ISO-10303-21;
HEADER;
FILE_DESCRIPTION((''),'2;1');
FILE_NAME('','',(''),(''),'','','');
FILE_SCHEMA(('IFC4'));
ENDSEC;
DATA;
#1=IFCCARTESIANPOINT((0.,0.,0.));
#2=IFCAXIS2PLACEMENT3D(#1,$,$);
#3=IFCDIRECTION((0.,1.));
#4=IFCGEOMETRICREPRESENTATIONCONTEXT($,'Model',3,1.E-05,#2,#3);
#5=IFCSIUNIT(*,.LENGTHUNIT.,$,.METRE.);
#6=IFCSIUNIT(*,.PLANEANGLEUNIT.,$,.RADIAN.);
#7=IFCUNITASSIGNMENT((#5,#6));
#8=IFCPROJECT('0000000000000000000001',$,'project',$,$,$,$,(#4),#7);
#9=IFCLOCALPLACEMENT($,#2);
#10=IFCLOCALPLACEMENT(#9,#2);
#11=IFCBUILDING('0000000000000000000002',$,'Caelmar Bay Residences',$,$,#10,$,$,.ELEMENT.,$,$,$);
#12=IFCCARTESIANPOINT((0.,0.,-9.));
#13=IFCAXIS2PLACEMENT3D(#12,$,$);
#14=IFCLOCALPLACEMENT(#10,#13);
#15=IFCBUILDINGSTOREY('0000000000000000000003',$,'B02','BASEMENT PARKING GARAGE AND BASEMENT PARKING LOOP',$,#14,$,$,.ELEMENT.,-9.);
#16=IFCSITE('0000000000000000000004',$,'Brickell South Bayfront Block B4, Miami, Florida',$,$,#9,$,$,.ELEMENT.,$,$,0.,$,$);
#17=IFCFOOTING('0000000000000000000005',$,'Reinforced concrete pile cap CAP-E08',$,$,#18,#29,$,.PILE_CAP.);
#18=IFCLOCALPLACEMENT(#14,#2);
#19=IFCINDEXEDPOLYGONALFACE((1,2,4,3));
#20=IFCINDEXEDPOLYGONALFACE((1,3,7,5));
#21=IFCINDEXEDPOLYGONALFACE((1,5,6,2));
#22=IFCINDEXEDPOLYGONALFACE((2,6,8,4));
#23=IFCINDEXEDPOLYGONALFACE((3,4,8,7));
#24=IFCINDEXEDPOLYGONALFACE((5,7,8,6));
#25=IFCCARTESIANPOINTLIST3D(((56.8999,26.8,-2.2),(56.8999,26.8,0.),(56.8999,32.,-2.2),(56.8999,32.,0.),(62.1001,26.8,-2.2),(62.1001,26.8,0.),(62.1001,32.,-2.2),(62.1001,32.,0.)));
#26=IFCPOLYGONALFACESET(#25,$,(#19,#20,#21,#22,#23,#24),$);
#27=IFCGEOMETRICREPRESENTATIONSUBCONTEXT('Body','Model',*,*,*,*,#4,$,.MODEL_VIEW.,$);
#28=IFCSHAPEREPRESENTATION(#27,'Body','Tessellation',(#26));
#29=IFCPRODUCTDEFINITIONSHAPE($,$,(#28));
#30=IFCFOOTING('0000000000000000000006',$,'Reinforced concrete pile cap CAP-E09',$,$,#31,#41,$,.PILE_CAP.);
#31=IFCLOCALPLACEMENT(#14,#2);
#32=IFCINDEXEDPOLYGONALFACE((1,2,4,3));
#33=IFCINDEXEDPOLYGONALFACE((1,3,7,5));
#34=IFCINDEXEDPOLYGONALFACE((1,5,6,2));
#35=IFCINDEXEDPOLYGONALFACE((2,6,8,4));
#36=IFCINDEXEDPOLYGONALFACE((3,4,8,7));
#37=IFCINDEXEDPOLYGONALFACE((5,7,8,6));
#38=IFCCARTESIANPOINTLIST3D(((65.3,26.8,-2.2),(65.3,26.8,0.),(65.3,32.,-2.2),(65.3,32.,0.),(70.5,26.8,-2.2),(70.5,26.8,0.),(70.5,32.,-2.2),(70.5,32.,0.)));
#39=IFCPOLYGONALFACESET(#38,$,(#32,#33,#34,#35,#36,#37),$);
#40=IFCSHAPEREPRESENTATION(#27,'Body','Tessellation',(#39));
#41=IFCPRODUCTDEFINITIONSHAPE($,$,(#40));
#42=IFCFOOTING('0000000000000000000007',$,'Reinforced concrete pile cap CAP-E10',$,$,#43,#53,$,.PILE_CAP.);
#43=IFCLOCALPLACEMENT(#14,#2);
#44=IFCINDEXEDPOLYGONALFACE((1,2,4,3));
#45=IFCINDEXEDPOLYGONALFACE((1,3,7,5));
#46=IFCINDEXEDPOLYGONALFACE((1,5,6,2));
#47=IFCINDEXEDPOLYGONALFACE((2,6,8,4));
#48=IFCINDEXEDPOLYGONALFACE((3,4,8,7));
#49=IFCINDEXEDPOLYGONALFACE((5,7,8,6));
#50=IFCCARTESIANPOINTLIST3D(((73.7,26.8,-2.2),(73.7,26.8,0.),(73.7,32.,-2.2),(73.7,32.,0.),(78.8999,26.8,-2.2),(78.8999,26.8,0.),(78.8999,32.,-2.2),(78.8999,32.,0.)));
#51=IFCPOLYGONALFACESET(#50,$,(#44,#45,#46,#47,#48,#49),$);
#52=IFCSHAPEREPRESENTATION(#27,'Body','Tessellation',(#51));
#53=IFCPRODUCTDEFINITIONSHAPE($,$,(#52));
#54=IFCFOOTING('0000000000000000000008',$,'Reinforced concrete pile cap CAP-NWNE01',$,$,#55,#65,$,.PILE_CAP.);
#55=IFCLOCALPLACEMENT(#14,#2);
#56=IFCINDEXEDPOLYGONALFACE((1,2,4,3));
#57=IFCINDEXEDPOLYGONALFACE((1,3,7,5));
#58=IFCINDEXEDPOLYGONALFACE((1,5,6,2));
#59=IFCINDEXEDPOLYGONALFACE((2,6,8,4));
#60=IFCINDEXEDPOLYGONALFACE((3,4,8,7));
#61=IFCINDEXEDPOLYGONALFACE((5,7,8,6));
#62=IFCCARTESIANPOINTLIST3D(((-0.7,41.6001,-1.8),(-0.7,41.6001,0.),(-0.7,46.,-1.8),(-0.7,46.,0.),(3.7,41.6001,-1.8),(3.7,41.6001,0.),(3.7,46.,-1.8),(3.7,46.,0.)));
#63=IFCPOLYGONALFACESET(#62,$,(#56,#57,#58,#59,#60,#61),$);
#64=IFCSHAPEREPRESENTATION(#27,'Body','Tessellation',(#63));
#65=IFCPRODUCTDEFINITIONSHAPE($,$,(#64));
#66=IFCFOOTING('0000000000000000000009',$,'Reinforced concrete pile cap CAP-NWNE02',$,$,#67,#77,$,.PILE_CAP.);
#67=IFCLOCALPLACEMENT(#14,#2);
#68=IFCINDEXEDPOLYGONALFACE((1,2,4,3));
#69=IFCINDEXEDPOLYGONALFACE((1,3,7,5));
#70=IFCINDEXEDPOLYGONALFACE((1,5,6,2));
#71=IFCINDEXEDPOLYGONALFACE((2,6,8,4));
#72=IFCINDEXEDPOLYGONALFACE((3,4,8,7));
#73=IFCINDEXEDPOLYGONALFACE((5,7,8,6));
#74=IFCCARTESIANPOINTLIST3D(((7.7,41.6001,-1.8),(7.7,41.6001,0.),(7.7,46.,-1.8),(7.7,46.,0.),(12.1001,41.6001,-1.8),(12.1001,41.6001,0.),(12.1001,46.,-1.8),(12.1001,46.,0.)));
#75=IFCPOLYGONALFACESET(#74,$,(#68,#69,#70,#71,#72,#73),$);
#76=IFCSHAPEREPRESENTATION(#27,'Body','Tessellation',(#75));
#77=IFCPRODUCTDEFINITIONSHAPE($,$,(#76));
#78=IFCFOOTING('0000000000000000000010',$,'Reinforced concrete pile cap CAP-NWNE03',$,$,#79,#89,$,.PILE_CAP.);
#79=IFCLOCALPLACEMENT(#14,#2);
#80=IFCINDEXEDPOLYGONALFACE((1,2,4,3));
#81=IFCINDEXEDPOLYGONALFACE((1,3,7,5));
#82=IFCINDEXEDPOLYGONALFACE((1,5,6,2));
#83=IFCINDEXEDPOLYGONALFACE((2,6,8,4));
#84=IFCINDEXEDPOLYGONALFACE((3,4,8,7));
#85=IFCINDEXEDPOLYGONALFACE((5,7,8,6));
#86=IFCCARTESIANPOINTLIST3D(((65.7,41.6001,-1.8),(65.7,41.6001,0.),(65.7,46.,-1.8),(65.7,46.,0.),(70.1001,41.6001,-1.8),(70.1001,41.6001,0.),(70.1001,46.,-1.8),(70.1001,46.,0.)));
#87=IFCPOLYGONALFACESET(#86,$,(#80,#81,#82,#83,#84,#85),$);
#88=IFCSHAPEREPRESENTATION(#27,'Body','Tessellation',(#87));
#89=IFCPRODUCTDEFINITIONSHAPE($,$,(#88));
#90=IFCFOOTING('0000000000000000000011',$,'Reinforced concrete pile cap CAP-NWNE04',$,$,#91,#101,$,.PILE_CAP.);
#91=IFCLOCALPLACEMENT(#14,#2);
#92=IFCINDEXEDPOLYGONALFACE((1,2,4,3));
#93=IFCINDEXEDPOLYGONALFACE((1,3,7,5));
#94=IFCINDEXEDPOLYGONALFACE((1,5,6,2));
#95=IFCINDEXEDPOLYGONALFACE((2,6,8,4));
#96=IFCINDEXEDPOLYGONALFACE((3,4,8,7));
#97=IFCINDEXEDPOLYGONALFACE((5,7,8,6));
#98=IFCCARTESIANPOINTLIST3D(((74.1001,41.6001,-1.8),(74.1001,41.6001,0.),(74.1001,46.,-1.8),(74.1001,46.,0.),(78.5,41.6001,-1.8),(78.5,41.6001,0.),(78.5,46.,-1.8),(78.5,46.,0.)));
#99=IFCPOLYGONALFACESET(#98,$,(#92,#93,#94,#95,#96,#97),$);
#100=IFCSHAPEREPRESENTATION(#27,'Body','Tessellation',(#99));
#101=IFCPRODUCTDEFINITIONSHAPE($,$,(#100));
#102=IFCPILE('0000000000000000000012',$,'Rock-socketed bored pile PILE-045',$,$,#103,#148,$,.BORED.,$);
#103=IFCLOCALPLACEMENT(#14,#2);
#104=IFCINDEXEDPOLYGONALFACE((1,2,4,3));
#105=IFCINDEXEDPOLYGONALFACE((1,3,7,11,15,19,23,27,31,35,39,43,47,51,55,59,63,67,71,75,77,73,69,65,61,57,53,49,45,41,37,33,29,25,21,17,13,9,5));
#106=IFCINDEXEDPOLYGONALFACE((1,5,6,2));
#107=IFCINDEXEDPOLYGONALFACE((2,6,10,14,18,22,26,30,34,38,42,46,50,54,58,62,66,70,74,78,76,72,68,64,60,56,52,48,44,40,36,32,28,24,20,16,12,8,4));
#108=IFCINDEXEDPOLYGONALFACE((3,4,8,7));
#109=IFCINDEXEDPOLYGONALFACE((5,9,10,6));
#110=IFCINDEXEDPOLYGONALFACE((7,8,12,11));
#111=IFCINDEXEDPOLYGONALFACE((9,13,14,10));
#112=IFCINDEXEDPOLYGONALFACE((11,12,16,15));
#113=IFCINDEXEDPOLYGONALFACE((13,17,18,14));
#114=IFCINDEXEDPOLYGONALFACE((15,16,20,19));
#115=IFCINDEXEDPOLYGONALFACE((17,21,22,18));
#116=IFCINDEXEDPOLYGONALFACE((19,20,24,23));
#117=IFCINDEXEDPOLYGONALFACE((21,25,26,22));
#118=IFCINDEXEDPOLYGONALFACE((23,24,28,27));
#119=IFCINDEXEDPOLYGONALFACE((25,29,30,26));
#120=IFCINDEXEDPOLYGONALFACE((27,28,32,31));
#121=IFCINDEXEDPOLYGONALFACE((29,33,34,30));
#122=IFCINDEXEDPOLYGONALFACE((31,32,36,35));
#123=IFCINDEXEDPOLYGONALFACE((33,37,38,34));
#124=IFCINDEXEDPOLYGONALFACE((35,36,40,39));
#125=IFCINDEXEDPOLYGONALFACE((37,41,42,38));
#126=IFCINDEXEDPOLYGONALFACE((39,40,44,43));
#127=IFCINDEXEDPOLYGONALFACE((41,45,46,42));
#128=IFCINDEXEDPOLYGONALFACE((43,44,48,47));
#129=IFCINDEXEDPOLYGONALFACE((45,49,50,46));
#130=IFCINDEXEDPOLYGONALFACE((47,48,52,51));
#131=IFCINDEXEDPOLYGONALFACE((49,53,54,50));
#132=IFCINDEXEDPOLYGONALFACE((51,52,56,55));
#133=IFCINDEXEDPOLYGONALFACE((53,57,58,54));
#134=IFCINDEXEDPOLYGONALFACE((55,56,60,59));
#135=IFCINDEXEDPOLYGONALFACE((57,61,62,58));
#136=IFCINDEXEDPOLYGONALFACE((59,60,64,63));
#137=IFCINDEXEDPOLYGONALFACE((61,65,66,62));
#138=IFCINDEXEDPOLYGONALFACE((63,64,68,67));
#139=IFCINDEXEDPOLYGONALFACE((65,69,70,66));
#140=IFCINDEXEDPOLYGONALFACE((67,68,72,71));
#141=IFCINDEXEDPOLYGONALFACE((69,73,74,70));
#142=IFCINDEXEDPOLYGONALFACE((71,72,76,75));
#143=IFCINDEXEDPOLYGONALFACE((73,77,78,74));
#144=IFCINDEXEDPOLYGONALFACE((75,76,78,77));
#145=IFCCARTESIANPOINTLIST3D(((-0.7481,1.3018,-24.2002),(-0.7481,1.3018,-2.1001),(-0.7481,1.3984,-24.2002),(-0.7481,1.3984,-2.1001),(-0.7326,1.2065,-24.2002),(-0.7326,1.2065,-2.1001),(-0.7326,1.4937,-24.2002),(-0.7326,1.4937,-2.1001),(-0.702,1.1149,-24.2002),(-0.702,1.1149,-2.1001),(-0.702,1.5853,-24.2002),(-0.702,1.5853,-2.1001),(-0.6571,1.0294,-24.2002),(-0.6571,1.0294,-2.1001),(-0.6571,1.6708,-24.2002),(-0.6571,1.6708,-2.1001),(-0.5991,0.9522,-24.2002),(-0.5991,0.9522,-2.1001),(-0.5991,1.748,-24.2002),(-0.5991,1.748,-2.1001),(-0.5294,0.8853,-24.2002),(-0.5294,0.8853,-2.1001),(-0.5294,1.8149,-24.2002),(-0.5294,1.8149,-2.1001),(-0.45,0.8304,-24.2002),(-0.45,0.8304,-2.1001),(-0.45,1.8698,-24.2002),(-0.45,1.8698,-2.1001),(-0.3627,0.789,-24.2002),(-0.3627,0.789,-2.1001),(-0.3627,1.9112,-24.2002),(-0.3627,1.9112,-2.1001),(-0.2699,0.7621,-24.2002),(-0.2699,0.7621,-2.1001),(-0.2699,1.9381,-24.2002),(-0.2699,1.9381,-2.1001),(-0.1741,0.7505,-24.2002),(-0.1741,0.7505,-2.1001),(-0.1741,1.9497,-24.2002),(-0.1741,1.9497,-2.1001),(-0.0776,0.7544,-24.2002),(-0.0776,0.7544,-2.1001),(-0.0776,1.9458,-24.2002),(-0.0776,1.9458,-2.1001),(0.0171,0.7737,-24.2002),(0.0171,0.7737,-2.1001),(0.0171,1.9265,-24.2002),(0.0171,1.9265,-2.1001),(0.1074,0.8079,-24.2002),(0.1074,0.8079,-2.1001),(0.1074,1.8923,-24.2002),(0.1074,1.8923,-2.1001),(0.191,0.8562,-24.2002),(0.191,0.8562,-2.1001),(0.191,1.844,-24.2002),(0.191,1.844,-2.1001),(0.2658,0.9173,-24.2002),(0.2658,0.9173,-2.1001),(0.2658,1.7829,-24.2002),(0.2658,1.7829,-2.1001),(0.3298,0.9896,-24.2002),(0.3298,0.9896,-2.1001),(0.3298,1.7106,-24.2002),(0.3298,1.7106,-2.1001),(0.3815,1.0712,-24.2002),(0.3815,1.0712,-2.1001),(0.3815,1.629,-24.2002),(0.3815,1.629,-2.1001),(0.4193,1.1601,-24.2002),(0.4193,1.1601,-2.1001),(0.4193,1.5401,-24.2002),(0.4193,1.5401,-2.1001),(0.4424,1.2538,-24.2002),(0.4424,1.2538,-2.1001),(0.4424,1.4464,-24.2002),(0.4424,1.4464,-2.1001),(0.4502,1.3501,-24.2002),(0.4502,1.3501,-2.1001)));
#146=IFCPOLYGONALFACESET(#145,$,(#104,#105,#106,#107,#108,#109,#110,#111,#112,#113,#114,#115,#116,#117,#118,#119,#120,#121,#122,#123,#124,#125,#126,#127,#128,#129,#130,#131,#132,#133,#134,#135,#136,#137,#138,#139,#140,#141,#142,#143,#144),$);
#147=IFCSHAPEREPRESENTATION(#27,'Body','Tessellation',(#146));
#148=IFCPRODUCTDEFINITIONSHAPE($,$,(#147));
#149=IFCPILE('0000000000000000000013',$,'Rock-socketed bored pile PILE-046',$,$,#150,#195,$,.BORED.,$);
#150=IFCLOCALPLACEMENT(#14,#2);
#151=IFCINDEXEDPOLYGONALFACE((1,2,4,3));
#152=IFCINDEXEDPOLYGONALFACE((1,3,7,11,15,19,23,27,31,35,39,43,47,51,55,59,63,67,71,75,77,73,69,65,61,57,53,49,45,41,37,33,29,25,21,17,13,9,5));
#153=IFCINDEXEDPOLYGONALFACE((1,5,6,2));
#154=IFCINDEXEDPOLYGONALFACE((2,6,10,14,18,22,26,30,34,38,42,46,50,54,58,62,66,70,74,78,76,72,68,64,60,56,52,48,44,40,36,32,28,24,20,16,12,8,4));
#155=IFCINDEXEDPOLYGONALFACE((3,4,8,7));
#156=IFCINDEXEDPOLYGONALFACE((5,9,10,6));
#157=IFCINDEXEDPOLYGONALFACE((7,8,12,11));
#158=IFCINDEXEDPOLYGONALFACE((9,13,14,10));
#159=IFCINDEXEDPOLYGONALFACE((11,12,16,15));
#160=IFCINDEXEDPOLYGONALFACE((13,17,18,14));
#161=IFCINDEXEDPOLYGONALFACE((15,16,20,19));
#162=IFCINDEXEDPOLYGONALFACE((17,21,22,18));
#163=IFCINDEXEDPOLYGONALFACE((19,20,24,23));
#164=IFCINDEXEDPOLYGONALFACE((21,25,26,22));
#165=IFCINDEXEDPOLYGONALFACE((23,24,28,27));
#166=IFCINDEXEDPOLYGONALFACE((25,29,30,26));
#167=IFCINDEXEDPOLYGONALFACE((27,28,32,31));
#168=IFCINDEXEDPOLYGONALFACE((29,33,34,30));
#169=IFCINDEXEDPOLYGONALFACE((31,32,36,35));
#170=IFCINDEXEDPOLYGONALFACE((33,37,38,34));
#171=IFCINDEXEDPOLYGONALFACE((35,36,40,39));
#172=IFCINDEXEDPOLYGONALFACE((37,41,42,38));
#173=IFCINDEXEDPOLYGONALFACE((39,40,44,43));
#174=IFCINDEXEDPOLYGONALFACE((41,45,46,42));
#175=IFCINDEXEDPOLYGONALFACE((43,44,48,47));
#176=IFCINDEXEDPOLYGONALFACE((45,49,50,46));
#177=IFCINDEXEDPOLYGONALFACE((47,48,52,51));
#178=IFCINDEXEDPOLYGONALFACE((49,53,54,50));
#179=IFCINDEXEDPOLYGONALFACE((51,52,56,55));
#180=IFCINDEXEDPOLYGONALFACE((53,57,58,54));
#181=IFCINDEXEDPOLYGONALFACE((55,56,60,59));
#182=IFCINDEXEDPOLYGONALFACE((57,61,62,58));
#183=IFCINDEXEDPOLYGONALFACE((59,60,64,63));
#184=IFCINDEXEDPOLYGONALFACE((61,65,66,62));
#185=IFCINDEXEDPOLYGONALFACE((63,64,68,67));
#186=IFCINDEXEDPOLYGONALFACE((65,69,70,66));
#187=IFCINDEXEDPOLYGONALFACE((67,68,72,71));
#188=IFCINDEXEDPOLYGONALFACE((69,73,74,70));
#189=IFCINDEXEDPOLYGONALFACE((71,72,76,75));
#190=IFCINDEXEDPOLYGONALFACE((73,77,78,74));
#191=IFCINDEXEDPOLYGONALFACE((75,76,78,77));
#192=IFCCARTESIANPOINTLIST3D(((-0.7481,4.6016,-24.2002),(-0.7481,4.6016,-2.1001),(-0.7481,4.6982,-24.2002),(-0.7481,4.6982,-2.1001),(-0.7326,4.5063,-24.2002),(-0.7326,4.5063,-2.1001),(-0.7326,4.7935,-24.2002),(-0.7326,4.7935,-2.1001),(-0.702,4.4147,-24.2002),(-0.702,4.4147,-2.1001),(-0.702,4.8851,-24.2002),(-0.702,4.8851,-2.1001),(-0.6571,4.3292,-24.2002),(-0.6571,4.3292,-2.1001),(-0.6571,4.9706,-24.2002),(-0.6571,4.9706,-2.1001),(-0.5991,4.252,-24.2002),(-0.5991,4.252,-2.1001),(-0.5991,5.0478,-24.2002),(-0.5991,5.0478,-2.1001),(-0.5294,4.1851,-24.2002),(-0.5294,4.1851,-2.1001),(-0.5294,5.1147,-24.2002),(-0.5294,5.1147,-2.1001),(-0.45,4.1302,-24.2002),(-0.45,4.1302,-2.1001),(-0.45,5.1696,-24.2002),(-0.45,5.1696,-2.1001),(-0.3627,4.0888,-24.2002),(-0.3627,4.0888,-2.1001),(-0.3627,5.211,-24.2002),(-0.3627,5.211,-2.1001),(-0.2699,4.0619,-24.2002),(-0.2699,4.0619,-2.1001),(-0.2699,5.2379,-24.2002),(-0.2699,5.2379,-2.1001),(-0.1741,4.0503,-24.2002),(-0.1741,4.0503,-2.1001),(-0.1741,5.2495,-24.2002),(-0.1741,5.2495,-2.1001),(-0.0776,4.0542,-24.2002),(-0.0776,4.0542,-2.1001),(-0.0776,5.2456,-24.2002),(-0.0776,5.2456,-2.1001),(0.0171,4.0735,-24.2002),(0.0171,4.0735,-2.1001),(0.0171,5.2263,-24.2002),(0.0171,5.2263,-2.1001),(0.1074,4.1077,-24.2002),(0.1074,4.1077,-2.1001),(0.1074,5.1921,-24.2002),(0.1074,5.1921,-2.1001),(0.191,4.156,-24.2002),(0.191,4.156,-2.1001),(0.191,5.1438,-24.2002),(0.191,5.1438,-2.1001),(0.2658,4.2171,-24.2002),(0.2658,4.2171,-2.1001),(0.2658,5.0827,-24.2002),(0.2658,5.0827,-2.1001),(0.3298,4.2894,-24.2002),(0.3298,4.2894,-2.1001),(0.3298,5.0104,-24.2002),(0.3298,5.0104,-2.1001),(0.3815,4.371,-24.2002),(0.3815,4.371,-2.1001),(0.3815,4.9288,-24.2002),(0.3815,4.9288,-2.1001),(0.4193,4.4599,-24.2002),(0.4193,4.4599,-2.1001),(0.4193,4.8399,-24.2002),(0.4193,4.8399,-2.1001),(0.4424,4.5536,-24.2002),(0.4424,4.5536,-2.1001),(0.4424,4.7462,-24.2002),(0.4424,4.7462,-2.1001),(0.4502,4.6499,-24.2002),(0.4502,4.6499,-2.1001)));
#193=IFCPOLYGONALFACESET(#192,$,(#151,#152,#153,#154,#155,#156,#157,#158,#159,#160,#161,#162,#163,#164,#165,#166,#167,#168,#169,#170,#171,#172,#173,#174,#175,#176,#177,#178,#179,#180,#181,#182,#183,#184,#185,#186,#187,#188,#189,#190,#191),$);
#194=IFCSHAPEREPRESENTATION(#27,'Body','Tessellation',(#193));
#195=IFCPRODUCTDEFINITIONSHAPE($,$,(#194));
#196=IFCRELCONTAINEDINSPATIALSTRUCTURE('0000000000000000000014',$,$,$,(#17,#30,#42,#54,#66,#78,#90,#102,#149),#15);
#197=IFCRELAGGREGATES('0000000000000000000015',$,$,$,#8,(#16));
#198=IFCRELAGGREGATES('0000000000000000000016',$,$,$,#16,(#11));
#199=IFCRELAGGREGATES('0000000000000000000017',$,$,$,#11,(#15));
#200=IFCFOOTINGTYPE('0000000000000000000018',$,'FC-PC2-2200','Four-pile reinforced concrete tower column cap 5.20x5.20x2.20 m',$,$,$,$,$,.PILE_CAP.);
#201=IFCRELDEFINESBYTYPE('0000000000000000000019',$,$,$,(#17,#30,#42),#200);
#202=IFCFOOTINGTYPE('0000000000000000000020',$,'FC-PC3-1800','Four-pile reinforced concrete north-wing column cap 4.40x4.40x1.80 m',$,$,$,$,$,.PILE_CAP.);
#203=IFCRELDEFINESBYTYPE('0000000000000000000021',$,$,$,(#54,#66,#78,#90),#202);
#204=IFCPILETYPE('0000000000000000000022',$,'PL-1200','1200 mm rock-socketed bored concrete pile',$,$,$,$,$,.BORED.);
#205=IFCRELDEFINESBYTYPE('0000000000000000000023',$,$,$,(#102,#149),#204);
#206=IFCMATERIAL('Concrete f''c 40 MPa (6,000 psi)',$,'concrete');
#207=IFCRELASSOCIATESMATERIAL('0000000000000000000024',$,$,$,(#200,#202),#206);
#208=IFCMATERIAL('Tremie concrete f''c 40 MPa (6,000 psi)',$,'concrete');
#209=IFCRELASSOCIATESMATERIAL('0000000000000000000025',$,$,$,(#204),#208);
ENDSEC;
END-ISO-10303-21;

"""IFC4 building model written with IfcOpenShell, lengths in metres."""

from ifc_helpers import new_model, si_unit, direction, frame, origin, origin_2d, place, context, subcontext, project, spatial, polyline, circle, outline, extrude, material, material_profile, profile_set, type_object, element, save


model = new_model("IFC4")

# Units and contexts
model_context = context("Model", 3, precision=1e-05, world=origin(), true_north=direction((0.0, 1.0)))
body_context = subcontext(model_context, "Body", "Model", "MODEL_VIEW")
ifc_project = project(units=[si_unit("LENGTHUNIT", "METRE"), si_unit("PLANEANGLEUNIT", "RADIAN")], contexts=[model_context])

# Site, building, storey
site_placement = place(None, origin())
site = spatial("IfcSite", under=ifc_project, at=site_placement, Name="Brickell South Bayfront Block B4, Miami, Florida", CompositionType="ELEMENT", RefElevation=0.0)
building_placement = place(site_placement, origin())
building = spatial("IfcBuilding", under=site, at=building_placement, Name="Caelmar Bay Residences", CompositionType="ELEMENT")
storey_placement = place(building_placement, frame((0.0, 0.0, -9.0)))
storey = spatial("IfcBuildingStorey", under=building, at=storey_placement, Name="B02", Description="BASEMENT PARKING GARAGE AND BASEMENT PARKING LOOP", CompositionType="ELEMENT", Elevation=-9.0)

# Footings
ifc_material_1 = material(Name="Concrete f'c 40 MPa (6,000 psi)", Category="concrete")
footing_type_1 = type_object("IfcFootingType", Name="FC-PC2-2200", Description="Four-pile reinforced concrete tower column cap 5.20x5.20x2.20 m", PredefinedType="PILE_CAP", material=ifc_material_1)
footing_1_placement = place(storey_placement, frame((0.0, 0.0, -2.2)))
element("IfcFooting", 1, at=footing_1_placement, inside=storey, type_object=footing_type_1, Name="Reinforced concrete pile cap CAP-E08", PredefinedType="PILE_CAP", context=body_context, shape_type="SweptSolid", body=[
    extrude(outline(polyline([(56.8999, 26.8), (62.1001, 26.8), (62.1001, 32.0), (56.8999, 32.0), (56.8999, 26.8)])), origin(), (0.0, 0.0, 1.0), 2.2),
])
footing_2_placement = place(storey_placement, frame((0.0, 0.0, -2.2)))
element("IfcFooting", 2, at=footing_2_placement, inside=storey, type_object=footing_type_1, Name="Reinforced concrete pile cap CAP-E09", PredefinedType="PILE_CAP", context=body_context, shape_type="SweptSolid", body=[
    extrude(outline(polyline([(65.3, 26.8), (70.5, 26.8), (70.5, 32.0), (65.3, 32.0), (65.3, 26.8)])), origin(), (0.0, 0.0, 1.0), 2.2),
])
footing_3_placement = place(storey_placement, frame((0.0, 0.0, -2.2)))
element("IfcFooting", 3, at=footing_3_placement, inside=storey, type_object=footing_type_1, Name="Reinforced concrete pile cap CAP-E10", PredefinedType="PILE_CAP", context=body_context, shape_type="SweptSolid", body=[
    extrude(outline(polyline([(73.7, 26.8), (78.8999, 26.8), (78.8999, 32.0), (73.7, 32.0), (73.7, 26.8)])), origin(), (0.0, 0.0, 1.0), 2.2),
])
footing_type_2 = type_object("IfcFootingType", Name="FC-PC3-1800", Description="Four-pile reinforced concrete north-wing column cap 4.40x4.40x1.80 m", PredefinedType="PILE_CAP", material=ifc_material_1)
footing_4_placement = place(storey_placement, frame((0.0, 0.0, -1.8)))
element("IfcFooting", 4, at=footing_4_placement, inside=storey, type_object=footing_type_2, Name="Reinforced concrete pile cap CAP-NWNE01", PredefinedType="PILE_CAP", context=body_context, shape_type="SweptSolid", body=[
    extrude(outline(polyline([(-0.7, 41.6001), (3.7, 41.6001), (3.7, 46.0), (-0.7, 46.0), (-0.7, 41.6001)])), origin(), (0.0, 0.0, 1.0), 1.8),
])
footing_5_placement = place(storey_placement, frame((0.0, 0.0, -1.8)))
element("IfcFooting", 5, at=footing_5_placement, inside=storey, type_object=footing_type_2, Name="Reinforced concrete pile cap CAP-NWNE02", PredefinedType="PILE_CAP", context=body_context, shape_type="SweptSolid", body=[
    extrude(outline(polyline([(7.7, 41.6001), (12.1001, 41.6001), (12.1001, 46.0), (7.7, 46.0), (7.7, 41.6001)])), origin(), (0.0, 0.0, 1.0), 1.8),
])
footing_6_placement = place(storey_placement, frame((0.0, 0.0, -1.8)))
element("IfcFooting", 6, at=footing_6_placement, inside=storey, type_object=footing_type_2, Name="Reinforced concrete pile cap CAP-NWNE03", PredefinedType="PILE_CAP", context=body_context, shape_type="SweptSolid", body=[
    extrude(outline(polyline([(65.7, 41.6001), (70.1001, 41.6001), (70.1001, 46.0), (65.7, 46.0), (65.7, 41.6001)])), origin(), (0.0, 0.0, 1.0), 1.8),
])
footing_7_placement = place(storey_placement, frame((0.0, 0.0, -1.8)))
element("IfcFooting", 7, at=footing_7_placement, inside=storey, type_object=footing_type_2, Name="Reinforced concrete pile cap CAP-NWNE04", PredefinedType="PILE_CAP", context=body_context, shape_type="SweptSolid", body=[
    extrude(outline(polyline([(74.1001, 41.6001), (78.5, 41.6001), (78.5, 46.0), (74.1001, 46.0), (74.1001, 41.6001)])), origin(), (0.0, 0.0, 1.0), 1.8),
])

# Piles
ifc_material_2 = material(Name="Tremie concrete f'c 40 MPa (6,000 psi)", Category="concrete")
ifc_material_profile_1 = material_profile(ifc_material_2, circle(Radius=0.6001, at=origin_2d()), Name="PILE-1200D")
ifc_profile_set_1 = profile_set([ifc_material_profile_1], Name="Tremie concrete f'c 40 MPa (6,000 psi)")
pile_type = type_object("IfcPileType", Name="PL-1200", Description="1200 mm rock-socketed bored concrete pile", PredefinedType="BORED", material=ifc_profile_set_1)
for number, where, z_axis, x_axis, name in (
    (8, (-0.1499, 1.3501, -2.1001), (0.0, 0.0, -1.0), (1.0, 0.0, 0.0), "Rock-socketed bored pile PILE-045"),
    (9, (-0.1499, 4.6499, -2.1001), (0.0, 0.0, -1.0), (1.0, 0.0, 0.0), "Rock-socketed bored pile PILE-046"),
):
    element("IfcPile", number, at=place(storey_placement, frame(where, z_axis=z_axis, x_axis=x_axis)), inside=storey, type_object=pile_type, Name=name, PredefinedType="BORED", context=body_context, shape_type="SweptSolid", body=[
        extrude(circle(Radius=0.6001, at=origin_2d()), origin(), (0.0, 0.0, 1.0), 22.1001),
    ])

save(model, "model.ifc")
